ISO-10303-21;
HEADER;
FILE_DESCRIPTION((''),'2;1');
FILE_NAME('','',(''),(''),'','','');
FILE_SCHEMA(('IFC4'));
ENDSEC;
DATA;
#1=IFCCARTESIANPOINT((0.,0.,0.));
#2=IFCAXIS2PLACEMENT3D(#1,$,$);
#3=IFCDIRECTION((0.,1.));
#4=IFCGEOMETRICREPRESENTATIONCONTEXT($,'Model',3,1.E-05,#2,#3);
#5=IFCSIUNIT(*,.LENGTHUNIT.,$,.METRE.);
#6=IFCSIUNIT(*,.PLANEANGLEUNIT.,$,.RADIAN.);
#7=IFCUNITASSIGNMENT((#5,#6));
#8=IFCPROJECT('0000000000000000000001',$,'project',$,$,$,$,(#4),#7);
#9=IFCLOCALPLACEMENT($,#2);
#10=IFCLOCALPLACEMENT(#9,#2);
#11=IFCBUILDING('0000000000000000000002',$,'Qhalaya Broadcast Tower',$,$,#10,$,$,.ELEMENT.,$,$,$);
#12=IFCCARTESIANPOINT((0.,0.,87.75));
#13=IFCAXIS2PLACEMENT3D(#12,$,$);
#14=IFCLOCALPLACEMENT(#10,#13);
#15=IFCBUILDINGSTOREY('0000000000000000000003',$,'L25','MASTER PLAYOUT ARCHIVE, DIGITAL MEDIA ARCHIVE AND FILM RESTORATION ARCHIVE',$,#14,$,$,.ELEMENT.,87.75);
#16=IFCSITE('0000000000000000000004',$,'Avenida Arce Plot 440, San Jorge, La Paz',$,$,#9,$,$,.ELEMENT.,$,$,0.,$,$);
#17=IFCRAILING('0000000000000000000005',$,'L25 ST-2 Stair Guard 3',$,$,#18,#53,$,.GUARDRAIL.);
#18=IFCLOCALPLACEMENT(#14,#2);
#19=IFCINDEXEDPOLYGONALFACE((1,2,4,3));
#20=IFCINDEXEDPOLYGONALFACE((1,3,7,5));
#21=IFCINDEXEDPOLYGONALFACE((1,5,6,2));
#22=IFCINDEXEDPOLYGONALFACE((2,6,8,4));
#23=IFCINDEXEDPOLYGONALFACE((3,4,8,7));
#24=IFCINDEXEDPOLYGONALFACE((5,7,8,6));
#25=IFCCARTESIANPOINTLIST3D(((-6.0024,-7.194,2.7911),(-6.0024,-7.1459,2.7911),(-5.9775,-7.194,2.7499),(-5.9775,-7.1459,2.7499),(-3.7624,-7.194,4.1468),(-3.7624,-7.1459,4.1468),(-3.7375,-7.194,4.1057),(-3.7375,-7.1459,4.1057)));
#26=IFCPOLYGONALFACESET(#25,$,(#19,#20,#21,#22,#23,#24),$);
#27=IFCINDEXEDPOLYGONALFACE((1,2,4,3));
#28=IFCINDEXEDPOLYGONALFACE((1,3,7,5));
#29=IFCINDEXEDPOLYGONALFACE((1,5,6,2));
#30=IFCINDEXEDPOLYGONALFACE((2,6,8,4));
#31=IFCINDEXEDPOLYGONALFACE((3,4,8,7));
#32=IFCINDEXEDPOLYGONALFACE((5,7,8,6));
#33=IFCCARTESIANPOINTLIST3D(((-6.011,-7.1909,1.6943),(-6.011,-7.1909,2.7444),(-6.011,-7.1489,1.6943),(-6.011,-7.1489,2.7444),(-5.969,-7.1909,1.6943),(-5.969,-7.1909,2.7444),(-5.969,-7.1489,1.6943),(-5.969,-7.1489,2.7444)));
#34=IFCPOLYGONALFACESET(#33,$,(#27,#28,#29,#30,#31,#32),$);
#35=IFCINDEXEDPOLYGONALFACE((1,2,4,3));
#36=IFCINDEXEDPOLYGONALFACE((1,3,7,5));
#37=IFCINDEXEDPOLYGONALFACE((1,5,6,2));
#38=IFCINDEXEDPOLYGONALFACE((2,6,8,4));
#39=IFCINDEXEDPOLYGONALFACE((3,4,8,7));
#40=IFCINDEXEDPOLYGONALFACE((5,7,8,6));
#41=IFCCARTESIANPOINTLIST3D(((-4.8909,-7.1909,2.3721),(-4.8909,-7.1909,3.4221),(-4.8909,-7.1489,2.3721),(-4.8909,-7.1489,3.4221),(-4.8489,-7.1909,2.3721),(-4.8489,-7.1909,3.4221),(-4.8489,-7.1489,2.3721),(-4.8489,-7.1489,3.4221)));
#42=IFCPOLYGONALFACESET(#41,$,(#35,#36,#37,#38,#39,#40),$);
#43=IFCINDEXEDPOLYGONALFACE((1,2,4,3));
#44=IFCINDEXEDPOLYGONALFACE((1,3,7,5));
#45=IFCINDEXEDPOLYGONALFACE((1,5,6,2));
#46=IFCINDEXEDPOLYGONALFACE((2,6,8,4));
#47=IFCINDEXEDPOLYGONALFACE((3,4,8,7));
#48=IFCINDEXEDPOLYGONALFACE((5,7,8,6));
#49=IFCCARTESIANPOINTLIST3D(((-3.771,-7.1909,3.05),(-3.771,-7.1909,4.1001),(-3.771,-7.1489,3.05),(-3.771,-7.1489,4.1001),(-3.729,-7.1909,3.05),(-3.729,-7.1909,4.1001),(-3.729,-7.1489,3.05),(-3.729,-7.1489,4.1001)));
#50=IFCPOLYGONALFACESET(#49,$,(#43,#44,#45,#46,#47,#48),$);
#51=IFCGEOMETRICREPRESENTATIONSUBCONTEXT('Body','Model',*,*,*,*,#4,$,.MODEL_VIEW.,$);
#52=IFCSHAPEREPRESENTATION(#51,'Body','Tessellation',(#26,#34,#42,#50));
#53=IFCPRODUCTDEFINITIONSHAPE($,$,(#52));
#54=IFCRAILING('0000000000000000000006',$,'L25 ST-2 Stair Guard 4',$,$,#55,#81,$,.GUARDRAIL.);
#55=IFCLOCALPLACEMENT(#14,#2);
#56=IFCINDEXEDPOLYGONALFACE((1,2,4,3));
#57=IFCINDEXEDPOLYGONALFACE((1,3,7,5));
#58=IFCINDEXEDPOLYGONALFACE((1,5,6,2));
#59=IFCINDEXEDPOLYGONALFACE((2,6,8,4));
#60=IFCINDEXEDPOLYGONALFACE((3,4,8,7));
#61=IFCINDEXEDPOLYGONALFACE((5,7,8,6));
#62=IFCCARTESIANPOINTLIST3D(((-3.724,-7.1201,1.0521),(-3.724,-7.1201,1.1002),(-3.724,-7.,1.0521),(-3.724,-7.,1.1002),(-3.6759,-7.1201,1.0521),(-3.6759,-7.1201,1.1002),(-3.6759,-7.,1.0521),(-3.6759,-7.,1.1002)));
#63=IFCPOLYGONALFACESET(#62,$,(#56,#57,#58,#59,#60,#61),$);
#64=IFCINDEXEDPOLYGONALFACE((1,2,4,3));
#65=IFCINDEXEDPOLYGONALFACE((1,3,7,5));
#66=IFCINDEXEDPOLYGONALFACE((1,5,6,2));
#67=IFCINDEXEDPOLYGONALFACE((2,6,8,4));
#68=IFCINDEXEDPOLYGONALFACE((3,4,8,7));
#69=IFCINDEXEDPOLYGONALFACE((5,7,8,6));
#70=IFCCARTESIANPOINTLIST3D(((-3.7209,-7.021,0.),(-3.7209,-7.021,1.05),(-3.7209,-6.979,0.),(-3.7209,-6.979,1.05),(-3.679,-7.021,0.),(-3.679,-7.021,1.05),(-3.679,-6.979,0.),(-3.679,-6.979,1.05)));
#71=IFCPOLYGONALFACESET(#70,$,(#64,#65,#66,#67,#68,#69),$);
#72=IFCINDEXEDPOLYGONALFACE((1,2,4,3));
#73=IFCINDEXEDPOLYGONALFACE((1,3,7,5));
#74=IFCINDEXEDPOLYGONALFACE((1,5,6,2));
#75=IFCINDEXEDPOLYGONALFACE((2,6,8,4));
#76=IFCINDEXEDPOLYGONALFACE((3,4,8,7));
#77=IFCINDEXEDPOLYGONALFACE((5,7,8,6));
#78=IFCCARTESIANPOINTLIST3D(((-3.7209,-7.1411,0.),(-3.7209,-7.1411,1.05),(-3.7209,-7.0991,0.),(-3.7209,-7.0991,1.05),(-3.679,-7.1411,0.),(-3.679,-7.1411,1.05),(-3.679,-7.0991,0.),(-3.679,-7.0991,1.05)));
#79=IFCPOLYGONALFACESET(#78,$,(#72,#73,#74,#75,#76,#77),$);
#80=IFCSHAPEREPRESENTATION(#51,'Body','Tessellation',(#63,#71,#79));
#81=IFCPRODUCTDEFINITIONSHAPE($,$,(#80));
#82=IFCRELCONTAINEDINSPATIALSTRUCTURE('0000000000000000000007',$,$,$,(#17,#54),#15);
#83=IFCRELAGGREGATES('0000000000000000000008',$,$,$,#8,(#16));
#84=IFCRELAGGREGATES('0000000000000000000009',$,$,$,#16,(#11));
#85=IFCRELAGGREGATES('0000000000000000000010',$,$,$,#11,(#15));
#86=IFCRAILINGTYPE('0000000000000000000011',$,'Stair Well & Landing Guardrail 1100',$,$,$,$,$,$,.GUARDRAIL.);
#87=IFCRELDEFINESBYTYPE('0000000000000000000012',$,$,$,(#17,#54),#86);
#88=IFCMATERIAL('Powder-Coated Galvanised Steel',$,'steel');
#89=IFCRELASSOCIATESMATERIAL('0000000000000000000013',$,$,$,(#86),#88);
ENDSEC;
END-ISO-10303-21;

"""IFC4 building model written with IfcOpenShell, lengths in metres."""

from ifc_helpers import new_model, si_unit, direction, frame, origin, origin_2d, place, context, subcontext, project, spatial, rectangle, extrude, material, type_object, element, save


model = new_model("IFC4")

# Units and contexts
model_context = context("Model", 3, precision=1e-05, world=origin(), true_north=direction((0.0, 1.0)))
body_context = subcontext(model_context, "Body", "Model", "MODEL_VIEW")
ifc_project = project(units=[si_unit("LENGTHUNIT", "METRE"), si_unit("PLANEANGLEUNIT", "RADIAN")], contexts=[model_context])

# Site, building, storey
site_placement = place(None, origin())
site = spatial("IfcSite", under=ifc_project, at=site_placement, Name="Avenida Arce Plot 440, San Jorge, La Paz", CompositionType="ELEMENT", RefElevation=0.0)
building_placement = place(site_placement, origin())
building = spatial("IfcBuilding", under=site, at=building_placement, Name="Qhalaya Broadcast Tower", CompositionType="ELEMENT")
storey_placement = place(building_placement, frame((0.0, 0.0, 87.75)))
storey = spatial("IfcBuildingStorey", under=building, at=storey_placement, Name="L25", Description="MASTER PLAYOUT ARCHIVE, DIGITAL MEDIA ARCHIVE AND FILM RESTORATION ARCHIVE", CompositionType="ELEMENT", Elevation=87.75)

# Railings
ifc_material_1 = material(Name="Powder-Coated Galvanised Steel", Category="steel")
railing_type_1 = type_object("IfcRailingType", Name="Stair Well & Landing Guardrail 1100", PredefinedType="GUARDRAIL", material=ifc_material_1)
railing_1_placement = place(storey_placement, frame((-5.99, -7.1699, 1.6943)))
element("IfcRailing", 1, at=railing_1_placement, inside=storey, type_object=railing_type_1, Name="L25 ST-2 Stair Guard 3", PredefinedType="GUARDRAIL", context=body_context, shape_type="SweptSolid", body=[
    extrude(rectangle(XDim=0.0481, YDim=0.0481, at=origin_2d()), frame((0.0, 0.0, 1.0762), z_axis=(0.855512, 0.0, 0.517783), x_axis=(0.0, 1.0, 0.0)), (0.0, 0.0, 1.0), 2.6184),
    extrude(rectangle(XDim=0.042, YDim=0.042, at=origin_2d()), origin(), (0.0, 0.0, 1.0), 1.05),
    extrude(rectangle(XDim=0.042, YDim=0.042, at=origin_2d()), frame((1.1201, 0.0, 0.6777)), (0.0, 0.0, 1.0), 1.05),
    extrude(rectangle(XDim=0.042, YDim=0.042, at=origin_2d()), frame((2.24, 0.0, 1.3557)), (0.0, 0.0, 1.0), 1.05),
])
railing_2_placement = place(storey_placement, frame((-3.7, -7.0, 0.0)))
element("IfcRailing", 2, at=railing_2_placement, inside=storey, type_object=railing_type_1, Name="L25 ST-2 Stair Guard 4", PredefinedType="GUARDRAIL", context=body_context, shape_type="SweptSolid", body=[
    extrude(rectangle(XDim=0.0481, YDim=0.0481, at=origin_2d()), frame((0.0, 0.0, 1.0762), z_axis=(0.0, -1.0, 0.0), x_axis=(1.0, 0.0, 0.0)), (0.0, 0.0, 1.0), 0.1201),
    extrude(rectangle(XDim=0.042, YDim=0.042, at=origin_2d()), origin(), (0.0, 0.0, 1.0), 1.05),
    extrude(rectangle(XDim=0.042, YDim=0.042, at=origin_2d()), frame((0.0, -0.1201, 0.0)), (0.0, 0.0, 1.0), 1.05),
])

save(model, "model.ifc")
